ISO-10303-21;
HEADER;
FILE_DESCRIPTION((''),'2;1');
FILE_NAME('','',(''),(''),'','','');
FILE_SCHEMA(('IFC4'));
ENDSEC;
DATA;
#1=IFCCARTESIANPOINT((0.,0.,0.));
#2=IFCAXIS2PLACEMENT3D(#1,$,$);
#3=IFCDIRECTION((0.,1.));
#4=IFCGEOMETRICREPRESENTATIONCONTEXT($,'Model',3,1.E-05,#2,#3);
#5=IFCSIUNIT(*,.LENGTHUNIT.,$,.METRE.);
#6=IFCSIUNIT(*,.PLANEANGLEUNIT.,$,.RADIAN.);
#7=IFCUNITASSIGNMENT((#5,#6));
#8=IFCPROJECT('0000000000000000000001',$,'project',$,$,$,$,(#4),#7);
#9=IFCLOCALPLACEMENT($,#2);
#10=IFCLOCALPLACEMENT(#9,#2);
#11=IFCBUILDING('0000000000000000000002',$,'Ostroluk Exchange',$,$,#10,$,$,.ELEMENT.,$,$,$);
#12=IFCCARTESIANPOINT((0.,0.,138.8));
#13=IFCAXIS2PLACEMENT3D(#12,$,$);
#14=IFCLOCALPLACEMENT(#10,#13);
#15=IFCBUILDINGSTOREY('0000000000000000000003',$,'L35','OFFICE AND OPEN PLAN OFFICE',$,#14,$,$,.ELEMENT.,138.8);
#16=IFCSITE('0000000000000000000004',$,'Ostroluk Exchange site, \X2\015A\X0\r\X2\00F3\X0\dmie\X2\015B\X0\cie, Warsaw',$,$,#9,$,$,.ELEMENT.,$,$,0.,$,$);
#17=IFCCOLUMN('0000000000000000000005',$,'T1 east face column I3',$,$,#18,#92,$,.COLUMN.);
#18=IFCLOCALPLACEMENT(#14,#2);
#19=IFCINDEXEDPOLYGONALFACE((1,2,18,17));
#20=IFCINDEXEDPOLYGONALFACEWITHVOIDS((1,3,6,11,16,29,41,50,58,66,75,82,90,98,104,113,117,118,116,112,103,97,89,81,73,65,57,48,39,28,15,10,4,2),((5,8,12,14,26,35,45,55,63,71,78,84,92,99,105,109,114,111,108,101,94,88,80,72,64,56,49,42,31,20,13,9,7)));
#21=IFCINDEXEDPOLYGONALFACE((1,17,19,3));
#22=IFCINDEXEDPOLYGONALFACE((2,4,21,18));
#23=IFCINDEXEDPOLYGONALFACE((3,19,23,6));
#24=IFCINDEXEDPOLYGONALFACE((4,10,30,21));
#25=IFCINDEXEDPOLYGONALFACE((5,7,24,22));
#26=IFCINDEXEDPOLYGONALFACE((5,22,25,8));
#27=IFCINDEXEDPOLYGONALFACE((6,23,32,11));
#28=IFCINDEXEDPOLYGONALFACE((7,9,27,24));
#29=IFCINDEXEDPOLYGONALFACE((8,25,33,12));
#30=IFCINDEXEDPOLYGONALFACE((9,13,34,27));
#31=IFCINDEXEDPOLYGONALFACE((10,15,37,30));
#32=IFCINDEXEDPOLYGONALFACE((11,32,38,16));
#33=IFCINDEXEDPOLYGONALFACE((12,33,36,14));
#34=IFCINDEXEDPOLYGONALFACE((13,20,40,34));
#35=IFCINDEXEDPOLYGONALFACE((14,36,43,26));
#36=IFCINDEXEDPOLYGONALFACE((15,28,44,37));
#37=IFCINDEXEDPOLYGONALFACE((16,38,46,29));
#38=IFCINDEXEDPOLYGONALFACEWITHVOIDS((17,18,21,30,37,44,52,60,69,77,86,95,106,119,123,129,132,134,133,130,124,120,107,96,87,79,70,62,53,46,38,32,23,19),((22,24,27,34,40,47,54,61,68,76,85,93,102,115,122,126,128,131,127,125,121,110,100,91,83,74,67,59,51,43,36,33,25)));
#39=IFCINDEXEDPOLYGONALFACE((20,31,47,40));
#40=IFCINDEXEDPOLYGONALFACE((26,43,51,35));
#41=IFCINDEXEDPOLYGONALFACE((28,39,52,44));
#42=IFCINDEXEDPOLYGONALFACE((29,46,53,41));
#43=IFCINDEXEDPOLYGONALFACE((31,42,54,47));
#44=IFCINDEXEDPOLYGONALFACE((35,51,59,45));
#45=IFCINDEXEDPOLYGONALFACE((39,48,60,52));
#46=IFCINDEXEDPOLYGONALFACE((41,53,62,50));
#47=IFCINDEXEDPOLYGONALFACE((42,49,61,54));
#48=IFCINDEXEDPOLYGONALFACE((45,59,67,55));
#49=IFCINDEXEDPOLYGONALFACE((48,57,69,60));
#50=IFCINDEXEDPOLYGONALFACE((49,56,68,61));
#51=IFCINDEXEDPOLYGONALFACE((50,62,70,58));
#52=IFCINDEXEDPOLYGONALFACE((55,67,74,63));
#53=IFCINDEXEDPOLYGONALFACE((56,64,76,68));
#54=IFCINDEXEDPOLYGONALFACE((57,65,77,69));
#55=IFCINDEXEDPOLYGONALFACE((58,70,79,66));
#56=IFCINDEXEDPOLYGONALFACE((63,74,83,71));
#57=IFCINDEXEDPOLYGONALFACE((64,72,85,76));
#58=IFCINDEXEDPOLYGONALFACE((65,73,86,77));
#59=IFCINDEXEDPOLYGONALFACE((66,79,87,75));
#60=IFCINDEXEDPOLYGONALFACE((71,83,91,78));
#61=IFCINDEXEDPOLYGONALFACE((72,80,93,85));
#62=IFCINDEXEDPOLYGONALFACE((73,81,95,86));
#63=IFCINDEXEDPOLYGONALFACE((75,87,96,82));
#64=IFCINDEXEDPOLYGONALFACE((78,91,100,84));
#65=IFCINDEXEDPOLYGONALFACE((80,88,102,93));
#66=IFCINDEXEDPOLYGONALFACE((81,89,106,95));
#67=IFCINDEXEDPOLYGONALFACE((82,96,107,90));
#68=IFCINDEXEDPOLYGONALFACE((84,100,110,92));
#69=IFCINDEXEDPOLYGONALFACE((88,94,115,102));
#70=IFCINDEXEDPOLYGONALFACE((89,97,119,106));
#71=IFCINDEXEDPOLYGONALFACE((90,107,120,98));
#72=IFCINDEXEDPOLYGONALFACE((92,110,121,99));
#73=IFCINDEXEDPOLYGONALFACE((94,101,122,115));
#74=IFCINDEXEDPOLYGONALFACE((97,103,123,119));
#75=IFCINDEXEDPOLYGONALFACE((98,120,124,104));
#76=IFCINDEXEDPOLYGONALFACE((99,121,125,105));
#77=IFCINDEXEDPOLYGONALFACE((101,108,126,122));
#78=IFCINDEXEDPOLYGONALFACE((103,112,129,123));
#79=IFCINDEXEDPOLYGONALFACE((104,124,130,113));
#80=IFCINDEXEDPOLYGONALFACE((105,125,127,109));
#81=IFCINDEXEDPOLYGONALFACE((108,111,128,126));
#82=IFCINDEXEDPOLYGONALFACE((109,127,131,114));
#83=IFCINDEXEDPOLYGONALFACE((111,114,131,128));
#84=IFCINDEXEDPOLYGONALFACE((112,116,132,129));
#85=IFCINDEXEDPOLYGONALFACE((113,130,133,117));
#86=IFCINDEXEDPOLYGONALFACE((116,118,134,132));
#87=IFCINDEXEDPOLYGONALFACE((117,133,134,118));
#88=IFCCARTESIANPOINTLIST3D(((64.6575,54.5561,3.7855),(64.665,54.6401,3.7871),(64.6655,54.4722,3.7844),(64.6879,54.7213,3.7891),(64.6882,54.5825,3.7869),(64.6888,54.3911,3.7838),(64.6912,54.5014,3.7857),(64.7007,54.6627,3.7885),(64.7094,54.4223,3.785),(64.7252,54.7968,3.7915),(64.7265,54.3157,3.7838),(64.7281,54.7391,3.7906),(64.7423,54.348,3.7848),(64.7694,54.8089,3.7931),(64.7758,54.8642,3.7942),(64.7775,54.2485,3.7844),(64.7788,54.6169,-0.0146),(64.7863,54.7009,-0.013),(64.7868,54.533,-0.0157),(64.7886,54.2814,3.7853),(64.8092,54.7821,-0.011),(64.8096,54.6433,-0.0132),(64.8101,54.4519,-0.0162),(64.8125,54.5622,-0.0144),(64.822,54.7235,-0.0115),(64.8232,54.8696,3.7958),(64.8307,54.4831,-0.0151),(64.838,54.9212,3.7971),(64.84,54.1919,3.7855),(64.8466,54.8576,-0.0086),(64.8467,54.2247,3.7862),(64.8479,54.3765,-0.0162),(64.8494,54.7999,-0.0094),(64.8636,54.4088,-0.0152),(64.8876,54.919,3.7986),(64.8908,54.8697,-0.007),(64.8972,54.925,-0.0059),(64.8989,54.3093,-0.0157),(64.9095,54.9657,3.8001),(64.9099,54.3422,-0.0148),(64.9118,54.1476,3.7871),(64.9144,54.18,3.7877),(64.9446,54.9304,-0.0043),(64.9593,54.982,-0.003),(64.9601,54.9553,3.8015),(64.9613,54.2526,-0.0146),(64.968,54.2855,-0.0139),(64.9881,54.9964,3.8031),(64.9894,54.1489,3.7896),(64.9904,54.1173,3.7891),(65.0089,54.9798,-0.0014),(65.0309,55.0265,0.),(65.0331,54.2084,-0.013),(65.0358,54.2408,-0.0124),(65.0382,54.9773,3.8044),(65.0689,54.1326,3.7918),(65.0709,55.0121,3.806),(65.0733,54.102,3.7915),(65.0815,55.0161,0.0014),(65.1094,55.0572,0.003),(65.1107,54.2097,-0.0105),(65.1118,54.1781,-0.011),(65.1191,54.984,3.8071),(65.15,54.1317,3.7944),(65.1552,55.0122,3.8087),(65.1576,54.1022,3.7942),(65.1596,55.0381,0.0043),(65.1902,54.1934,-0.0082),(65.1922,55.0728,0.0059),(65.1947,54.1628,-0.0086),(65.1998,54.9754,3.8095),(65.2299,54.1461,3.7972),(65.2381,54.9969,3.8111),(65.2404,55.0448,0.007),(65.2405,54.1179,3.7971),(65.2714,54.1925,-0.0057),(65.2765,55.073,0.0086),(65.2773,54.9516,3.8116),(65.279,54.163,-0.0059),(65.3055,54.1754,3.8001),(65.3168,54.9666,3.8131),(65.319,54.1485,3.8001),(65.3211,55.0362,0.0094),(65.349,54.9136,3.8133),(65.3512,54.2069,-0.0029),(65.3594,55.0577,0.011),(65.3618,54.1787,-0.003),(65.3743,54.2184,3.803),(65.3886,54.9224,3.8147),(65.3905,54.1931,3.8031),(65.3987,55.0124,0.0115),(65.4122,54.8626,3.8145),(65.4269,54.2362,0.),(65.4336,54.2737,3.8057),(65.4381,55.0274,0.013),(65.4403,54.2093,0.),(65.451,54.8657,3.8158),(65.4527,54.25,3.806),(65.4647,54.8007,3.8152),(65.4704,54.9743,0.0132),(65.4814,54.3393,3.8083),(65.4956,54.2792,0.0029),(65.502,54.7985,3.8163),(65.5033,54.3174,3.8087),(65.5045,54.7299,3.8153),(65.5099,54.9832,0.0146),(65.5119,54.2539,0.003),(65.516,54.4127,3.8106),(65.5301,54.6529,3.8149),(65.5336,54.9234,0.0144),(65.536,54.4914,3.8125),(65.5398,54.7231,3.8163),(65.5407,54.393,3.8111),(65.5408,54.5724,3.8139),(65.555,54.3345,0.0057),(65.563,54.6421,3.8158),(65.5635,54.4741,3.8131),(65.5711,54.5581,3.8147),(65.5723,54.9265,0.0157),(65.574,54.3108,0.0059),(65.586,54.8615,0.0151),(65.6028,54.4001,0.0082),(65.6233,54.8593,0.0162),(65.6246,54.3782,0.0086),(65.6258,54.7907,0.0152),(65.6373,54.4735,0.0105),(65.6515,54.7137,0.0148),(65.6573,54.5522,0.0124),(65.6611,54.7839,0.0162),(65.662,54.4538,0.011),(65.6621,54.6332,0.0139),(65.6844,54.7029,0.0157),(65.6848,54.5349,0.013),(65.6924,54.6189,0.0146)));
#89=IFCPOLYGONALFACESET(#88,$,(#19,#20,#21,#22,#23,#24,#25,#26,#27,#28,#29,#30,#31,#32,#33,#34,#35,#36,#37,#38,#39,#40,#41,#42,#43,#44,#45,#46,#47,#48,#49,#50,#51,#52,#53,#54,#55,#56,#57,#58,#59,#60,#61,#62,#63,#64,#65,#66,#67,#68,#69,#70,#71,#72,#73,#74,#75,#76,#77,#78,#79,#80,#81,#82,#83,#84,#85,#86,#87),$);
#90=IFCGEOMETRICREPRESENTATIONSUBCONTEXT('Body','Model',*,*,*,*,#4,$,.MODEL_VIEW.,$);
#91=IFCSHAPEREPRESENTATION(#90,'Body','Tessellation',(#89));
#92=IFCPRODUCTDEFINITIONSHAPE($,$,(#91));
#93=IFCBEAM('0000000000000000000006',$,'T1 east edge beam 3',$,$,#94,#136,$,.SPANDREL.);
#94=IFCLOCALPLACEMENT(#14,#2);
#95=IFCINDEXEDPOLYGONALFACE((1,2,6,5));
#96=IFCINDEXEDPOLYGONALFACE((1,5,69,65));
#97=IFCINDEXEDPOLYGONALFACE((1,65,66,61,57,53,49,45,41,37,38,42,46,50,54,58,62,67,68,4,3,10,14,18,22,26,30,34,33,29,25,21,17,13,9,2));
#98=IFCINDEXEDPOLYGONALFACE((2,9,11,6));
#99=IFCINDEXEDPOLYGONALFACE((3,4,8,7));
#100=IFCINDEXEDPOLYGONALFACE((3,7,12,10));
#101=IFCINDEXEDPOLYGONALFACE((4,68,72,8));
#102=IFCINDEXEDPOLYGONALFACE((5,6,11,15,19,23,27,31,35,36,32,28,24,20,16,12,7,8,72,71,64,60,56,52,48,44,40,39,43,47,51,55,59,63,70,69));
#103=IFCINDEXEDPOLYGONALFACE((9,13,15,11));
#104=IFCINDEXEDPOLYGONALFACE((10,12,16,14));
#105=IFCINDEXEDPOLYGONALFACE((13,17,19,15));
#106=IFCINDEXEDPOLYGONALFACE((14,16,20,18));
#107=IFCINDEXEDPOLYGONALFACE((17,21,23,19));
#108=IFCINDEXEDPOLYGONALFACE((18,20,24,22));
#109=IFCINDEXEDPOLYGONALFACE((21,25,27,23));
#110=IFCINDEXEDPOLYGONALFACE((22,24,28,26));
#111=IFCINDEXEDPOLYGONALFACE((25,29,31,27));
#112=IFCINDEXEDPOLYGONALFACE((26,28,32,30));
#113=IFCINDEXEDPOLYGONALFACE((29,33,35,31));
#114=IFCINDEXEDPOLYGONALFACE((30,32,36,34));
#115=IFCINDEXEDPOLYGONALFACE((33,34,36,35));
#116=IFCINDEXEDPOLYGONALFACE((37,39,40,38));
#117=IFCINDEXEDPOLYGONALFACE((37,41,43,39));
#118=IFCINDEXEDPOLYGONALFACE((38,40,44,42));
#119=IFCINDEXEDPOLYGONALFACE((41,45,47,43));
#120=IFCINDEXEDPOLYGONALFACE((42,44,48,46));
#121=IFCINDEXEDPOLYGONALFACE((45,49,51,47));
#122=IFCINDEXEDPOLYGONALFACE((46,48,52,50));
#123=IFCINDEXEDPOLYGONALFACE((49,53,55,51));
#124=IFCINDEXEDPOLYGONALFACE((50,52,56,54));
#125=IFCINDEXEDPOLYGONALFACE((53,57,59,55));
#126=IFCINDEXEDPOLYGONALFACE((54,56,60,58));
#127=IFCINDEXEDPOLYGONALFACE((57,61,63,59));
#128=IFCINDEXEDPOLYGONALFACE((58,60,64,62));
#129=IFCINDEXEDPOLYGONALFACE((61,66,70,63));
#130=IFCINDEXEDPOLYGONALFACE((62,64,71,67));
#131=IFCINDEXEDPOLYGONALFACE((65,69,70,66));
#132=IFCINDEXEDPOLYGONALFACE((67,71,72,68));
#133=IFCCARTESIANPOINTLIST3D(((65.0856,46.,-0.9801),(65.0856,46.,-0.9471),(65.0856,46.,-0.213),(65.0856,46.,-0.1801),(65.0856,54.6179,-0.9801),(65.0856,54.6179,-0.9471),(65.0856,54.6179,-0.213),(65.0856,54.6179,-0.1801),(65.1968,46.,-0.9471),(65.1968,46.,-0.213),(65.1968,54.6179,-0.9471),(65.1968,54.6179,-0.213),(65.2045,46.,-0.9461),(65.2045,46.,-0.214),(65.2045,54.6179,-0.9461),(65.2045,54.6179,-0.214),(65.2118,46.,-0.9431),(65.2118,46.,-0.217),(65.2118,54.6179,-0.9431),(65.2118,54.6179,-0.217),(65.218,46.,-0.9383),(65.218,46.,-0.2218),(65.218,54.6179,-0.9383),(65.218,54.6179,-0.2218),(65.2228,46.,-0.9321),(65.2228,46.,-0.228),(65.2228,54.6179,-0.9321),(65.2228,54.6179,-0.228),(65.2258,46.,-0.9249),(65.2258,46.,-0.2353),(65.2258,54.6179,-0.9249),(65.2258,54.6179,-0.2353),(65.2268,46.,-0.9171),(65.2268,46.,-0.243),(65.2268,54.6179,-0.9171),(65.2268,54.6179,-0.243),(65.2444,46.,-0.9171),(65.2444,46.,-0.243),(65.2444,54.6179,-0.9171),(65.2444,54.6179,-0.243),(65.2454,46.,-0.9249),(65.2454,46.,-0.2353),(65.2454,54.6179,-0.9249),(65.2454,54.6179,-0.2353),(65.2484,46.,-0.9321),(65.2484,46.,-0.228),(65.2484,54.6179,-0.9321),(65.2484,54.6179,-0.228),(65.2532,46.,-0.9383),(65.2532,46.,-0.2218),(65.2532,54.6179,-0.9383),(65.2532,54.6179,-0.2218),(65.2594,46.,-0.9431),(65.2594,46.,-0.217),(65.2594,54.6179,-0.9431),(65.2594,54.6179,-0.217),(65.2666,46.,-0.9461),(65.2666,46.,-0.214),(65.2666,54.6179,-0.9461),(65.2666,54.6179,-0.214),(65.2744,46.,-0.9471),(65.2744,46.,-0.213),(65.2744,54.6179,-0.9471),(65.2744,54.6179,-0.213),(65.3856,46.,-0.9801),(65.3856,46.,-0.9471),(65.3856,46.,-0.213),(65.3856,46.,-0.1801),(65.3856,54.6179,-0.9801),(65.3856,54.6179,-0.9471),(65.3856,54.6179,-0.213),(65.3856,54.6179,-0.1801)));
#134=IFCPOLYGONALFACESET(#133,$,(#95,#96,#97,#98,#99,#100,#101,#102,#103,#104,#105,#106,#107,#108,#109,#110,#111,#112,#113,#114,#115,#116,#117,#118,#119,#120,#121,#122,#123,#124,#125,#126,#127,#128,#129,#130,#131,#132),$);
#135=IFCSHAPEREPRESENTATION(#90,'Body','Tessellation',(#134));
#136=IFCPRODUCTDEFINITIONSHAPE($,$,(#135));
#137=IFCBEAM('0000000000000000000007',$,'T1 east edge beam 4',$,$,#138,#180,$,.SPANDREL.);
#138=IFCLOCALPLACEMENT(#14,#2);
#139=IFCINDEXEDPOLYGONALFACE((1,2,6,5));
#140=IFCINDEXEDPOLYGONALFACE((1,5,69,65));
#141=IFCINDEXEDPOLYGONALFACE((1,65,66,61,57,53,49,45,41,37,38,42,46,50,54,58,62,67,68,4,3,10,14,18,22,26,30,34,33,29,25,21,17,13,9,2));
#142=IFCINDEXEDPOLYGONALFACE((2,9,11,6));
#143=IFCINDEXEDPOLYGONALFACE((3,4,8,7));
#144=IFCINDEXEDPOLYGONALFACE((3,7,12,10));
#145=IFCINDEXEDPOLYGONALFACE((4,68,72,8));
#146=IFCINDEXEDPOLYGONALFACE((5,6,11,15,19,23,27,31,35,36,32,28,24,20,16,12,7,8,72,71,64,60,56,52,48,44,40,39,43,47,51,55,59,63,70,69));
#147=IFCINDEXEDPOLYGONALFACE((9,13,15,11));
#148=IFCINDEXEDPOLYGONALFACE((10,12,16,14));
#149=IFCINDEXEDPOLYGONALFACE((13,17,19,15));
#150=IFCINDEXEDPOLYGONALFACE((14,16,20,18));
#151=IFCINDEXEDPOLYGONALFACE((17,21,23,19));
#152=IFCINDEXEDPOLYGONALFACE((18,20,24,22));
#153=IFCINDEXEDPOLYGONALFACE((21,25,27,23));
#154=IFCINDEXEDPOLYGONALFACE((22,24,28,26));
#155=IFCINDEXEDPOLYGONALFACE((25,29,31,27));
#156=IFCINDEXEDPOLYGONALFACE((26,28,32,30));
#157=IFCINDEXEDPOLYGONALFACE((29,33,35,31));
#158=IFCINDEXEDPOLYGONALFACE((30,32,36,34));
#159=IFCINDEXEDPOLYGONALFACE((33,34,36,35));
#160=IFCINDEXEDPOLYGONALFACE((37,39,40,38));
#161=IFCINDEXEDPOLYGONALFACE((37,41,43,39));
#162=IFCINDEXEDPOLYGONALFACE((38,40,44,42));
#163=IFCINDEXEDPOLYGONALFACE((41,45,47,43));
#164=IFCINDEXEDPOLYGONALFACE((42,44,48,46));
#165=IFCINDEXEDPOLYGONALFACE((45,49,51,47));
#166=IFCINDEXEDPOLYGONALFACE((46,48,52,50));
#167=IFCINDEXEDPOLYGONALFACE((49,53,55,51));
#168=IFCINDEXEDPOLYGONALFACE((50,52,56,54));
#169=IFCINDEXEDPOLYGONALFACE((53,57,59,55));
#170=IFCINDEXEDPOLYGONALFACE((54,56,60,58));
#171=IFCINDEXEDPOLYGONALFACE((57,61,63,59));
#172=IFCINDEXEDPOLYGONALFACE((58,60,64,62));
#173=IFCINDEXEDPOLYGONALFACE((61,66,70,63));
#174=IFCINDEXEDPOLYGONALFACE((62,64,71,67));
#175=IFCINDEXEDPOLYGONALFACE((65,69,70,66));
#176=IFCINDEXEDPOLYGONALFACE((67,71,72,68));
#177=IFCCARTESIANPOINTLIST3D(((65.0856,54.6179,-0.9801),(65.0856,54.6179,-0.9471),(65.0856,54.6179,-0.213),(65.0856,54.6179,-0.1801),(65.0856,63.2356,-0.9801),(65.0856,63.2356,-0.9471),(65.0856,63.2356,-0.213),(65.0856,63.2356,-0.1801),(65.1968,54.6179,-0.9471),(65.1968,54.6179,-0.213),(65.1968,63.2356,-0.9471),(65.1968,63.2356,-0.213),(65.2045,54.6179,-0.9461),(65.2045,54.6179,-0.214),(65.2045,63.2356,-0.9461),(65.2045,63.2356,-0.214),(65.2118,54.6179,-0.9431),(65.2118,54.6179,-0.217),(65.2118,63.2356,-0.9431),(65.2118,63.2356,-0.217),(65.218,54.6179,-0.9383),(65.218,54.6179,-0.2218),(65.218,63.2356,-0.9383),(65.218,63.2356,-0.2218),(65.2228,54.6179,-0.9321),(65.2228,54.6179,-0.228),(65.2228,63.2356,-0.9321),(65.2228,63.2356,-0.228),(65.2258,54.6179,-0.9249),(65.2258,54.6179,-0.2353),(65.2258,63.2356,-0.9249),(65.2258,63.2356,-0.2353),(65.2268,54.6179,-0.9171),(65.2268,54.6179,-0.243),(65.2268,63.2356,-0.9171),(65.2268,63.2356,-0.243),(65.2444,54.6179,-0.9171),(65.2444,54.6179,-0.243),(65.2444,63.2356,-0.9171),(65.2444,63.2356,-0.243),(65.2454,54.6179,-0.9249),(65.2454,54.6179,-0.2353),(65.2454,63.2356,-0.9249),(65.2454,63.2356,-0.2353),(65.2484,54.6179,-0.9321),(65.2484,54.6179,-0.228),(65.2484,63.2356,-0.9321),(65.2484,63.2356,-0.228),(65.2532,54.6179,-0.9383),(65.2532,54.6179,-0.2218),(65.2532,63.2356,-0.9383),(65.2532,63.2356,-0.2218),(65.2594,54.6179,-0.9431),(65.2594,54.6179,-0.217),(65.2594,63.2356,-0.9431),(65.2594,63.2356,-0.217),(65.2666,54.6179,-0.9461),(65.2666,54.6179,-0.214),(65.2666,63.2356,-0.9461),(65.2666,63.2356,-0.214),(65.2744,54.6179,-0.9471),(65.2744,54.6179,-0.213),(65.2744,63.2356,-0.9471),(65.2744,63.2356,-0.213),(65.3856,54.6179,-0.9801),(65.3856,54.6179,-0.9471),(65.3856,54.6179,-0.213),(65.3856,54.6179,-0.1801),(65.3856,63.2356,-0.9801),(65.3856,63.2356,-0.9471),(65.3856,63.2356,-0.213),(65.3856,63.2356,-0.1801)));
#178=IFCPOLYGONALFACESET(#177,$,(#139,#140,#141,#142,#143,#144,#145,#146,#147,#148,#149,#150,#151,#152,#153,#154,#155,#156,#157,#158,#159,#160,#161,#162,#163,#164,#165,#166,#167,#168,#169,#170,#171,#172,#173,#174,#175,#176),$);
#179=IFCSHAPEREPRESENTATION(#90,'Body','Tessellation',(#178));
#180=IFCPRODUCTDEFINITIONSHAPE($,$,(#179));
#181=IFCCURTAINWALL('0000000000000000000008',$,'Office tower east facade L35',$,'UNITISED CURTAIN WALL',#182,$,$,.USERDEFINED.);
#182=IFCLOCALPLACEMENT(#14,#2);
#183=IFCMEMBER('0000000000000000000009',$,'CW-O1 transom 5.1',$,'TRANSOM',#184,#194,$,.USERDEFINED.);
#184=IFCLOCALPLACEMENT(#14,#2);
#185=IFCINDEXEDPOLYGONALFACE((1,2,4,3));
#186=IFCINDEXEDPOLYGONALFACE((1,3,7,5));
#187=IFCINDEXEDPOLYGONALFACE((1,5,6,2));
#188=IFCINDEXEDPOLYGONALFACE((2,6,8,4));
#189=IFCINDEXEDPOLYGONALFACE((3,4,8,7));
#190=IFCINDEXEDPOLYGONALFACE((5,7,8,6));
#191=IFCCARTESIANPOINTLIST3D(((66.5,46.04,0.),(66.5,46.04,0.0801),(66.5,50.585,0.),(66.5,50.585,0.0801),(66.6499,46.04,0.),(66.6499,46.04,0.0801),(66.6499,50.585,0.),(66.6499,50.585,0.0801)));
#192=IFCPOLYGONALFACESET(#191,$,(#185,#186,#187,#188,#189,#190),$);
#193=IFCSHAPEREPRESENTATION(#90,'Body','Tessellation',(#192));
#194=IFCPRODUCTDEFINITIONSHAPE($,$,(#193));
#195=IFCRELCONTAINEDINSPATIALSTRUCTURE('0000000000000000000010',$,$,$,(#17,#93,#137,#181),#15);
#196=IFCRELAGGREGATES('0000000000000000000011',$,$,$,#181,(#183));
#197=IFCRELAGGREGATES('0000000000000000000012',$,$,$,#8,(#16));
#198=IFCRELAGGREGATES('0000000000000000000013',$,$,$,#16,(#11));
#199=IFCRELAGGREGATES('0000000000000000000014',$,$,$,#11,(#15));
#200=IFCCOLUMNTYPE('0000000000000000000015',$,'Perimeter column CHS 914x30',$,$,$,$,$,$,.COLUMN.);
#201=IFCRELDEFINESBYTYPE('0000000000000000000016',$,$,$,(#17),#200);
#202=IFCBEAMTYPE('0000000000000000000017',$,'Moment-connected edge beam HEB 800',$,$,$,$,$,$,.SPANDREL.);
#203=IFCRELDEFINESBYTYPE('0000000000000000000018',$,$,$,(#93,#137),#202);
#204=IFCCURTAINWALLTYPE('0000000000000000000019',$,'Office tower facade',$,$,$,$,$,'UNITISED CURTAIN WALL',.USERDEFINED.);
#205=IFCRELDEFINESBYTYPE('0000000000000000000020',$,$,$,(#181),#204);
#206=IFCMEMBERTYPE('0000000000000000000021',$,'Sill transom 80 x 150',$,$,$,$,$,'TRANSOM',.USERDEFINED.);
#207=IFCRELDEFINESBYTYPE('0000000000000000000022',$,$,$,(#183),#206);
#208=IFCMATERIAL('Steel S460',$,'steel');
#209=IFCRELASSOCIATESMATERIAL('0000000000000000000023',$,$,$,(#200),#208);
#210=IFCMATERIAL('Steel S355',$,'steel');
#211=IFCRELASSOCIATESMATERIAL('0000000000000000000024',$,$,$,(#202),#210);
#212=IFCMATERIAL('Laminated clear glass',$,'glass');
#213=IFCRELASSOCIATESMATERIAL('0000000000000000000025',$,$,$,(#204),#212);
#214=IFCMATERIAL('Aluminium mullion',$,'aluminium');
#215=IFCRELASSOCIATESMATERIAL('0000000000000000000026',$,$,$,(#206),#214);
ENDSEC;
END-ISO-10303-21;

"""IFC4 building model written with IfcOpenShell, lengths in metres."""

from ifc_helpers import new_model, si_unit, direction, frame, origin, origin_2d, place, context, subcontext, project, spatial, rectangle, hollow_circle, i_section, extrude, material, material_profile, profile_set, type_object, element, aggregate, save


model = new_model("IFC4")

# Units and contexts
model_context = context("Model", 3, precision=1e-05, world=origin(), true_north=direction((0.0, 1.0)))
body_context = subcontext(model_context, "Body", "Model", "MODEL_VIEW")
ifc_project = project(units=[si_unit("LENGTHUNIT", "METRE"), si_unit("PLANEANGLEUNIT", "RADIAN")], contexts=[model_context])

# Site, building, storey
site_placement = place(None, origin())
site = spatial("IfcSite", under=ifc_project, at=site_placement, Name="Ostroluk Exchange site, Śródmieście, Warsaw", CompositionType="ELEMENT", RefElevation=0.0)
building_placement = place(site_placement, origin())
building = spatial("IfcBuilding", under=site, at=building_placement, Name="Ostroluk Exchange", CompositionType="ELEMENT")
storey_placement = place(building_placement, frame((0.0, 0.0, 138.8)))
storey = spatial("IfcBuildingStorey", under=building, at=storey_placement, Name="L35", Description="OFFICE AND OPEN PLAN OFFICE", CompositionType="ELEMENT", Elevation=138.8)

# Column
ifc_material_1 = material(Name="Steel S460", Category="steel")
ifc_material_profile_1 = material_profile(ifc_material_1, hollow_circle(Radius=0.457, WallThickness=0.03, at=origin_2d()), Name="CHS 914x30")
ifc_profile_set_1 = profile_set([ifc_material_profile_1], Name="Steel S460")
column_type = type_object("IfcColumnType", Name="Perimeter column CHS 914x30", PredefinedType="COLUMN", material=ifc_profile_set_1)
column_placement = place(storey_placement, frame((65.2356, 54.6179, 0.0), z_axis=(-0.03191, -0.015987, 0.999363), x_axis=(0.447933, -0.894067, 0.0)))
element("IfcColumn", 1, at=column_placement, inside=storey, type_object=column_type, Name="T1 east face column I3", PredefinedType="COLUMN", context=body_context, shape_type="SweptSolid", body=[
    extrude(hollow_circle(Radius=0.457, WallThickness=0.03, at=origin_2d()), origin(), (0.0, 0.0, 1.0), 3.8025),
])

# Beams
ifc_material_2 = material(Name="Steel S355", Category="steel")
ifc_material_profile_2 = material_profile(ifc_material_2, i_section(OverallWidth=0.3, OverallDepth=0.8, WebThickness=0.0176, FlangeThickness=0.033, FilletRadius=0.03, at=origin_2d()), Name="HEB 800")
ifc_profile_set_2 = profile_set([ifc_material_profile_2], Name="Steel S355")
beam_type = type_object("IfcBeamType", Name="Moment-connected edge beam HEB 800", PredefinedType="SPANDREL", material=ifc_profile_set_2)
beam_1_placement = place(storey_placement, frame((65.2356, 46.0, -0.5801), z_axis=(0.0, 1.0, 0.0), x_axis=(-1.0, 0.0, 0.0)))
element("IfcBeam", 2, at=beam_1_placement, inside=storey, type_object=beam_type, Name="T1 east edge beam 3", PredefinedType="SPANDREL", context=body_context, shape_type="SweptSolid", body=[
    extrude(i_section(OverallWidth=0.3, OverallDepth=0.8, WebThickness=0.0176, FlangeThickness=0.033, FilletRadius=0.03, at=origin_2d()), origin(), (0.0, 0.0, 1.0), 8.6179),
])
beam_2_placement = place(storey_placement, frame((65.2356, 54.6179, -0.5801), z_axis=(0.0, 1.0, 0.0), x_axis=(-1.0, 0.0, 0.0)))
element("IfcBeam", 3, at=beam_2_placement, inside=storey, type_object=beam_type, Name="T1 east edge beam 4", PredefinedType="SPANDREL", context=body_context, shape_type="SweptSolid", body=[
    extrude(i_section(OverallWidth=0.3, OverallDepth=0.8, WebThickness=0.0176, FlangeThickness=0.033, FilletRadius=0.03, at=origin_2d()), origin(), (0.0, 0.0, 1.0), 8.6177),
])

# Curtain wall, member
ifc_material_3 = material(Name="Laminated clear glass", Category="glass")
curtain_wall_type = type_object("IfcCurtainWallType", Name="Office tower facade", ElementType="UNITISED CURTAIN WALL", PredefinedType="USERDEFINED", material=ifc_material_3)
curtain_wall_placement = place(storey_placement, origin())
curtain_wall = element("IfcCurtainWall", 4, at=curtain_wall_placement, inside=storey, type_object=curtain_wall_type, Name="Office tower east facade L35", ObjectType="UNITISED CURTAIN WALL", PredefinedType="USERDEFINED")
ifc_material_4 = material(Name="Aluminium mullion", Category="aluminium")
ifc_material_profile_3 = material_profile(ifc_material_4, rectangle(XDim=0.1499, YDim=0.0801, at=origin_2d()), Name="Sill transom 80 x 150")
ifc_profile_set_3 = profile_set([ifc_material_profile_3], Name="Aluminium mullion")
member_type_1 = type_object("IfcMemberType", Name="Sill transom 80 x 150", ElementType="TRANSOM", PredefinedType="USERDEFINED", material=ifc_profile_set_3)
member_1_placement = place(storey_placement, frame((66.575, 46.04, 0.04), z_axis=(0.0, 1.0, 0.0), x_axis=(-1.0, 0.0, 0.0)))
member_1 = element("IfcMember", 5, at=member_1_placement, type_object=member_type_1, Name="CW-O1 transom 5.1", ObjectType="TRANSOM", PredefinedType="USERDEFINED", context=body_context, shape_type="SweptSolid", body=[
    extrude(rectangle(XDim=0.1499, YDim=0.0801, at=origin_2d()), origin(), (0.0, 0.0, 1.0), 4.5449),
])
aggregate(curtain_wall, [member_1])

save(model, "model.ifc")
